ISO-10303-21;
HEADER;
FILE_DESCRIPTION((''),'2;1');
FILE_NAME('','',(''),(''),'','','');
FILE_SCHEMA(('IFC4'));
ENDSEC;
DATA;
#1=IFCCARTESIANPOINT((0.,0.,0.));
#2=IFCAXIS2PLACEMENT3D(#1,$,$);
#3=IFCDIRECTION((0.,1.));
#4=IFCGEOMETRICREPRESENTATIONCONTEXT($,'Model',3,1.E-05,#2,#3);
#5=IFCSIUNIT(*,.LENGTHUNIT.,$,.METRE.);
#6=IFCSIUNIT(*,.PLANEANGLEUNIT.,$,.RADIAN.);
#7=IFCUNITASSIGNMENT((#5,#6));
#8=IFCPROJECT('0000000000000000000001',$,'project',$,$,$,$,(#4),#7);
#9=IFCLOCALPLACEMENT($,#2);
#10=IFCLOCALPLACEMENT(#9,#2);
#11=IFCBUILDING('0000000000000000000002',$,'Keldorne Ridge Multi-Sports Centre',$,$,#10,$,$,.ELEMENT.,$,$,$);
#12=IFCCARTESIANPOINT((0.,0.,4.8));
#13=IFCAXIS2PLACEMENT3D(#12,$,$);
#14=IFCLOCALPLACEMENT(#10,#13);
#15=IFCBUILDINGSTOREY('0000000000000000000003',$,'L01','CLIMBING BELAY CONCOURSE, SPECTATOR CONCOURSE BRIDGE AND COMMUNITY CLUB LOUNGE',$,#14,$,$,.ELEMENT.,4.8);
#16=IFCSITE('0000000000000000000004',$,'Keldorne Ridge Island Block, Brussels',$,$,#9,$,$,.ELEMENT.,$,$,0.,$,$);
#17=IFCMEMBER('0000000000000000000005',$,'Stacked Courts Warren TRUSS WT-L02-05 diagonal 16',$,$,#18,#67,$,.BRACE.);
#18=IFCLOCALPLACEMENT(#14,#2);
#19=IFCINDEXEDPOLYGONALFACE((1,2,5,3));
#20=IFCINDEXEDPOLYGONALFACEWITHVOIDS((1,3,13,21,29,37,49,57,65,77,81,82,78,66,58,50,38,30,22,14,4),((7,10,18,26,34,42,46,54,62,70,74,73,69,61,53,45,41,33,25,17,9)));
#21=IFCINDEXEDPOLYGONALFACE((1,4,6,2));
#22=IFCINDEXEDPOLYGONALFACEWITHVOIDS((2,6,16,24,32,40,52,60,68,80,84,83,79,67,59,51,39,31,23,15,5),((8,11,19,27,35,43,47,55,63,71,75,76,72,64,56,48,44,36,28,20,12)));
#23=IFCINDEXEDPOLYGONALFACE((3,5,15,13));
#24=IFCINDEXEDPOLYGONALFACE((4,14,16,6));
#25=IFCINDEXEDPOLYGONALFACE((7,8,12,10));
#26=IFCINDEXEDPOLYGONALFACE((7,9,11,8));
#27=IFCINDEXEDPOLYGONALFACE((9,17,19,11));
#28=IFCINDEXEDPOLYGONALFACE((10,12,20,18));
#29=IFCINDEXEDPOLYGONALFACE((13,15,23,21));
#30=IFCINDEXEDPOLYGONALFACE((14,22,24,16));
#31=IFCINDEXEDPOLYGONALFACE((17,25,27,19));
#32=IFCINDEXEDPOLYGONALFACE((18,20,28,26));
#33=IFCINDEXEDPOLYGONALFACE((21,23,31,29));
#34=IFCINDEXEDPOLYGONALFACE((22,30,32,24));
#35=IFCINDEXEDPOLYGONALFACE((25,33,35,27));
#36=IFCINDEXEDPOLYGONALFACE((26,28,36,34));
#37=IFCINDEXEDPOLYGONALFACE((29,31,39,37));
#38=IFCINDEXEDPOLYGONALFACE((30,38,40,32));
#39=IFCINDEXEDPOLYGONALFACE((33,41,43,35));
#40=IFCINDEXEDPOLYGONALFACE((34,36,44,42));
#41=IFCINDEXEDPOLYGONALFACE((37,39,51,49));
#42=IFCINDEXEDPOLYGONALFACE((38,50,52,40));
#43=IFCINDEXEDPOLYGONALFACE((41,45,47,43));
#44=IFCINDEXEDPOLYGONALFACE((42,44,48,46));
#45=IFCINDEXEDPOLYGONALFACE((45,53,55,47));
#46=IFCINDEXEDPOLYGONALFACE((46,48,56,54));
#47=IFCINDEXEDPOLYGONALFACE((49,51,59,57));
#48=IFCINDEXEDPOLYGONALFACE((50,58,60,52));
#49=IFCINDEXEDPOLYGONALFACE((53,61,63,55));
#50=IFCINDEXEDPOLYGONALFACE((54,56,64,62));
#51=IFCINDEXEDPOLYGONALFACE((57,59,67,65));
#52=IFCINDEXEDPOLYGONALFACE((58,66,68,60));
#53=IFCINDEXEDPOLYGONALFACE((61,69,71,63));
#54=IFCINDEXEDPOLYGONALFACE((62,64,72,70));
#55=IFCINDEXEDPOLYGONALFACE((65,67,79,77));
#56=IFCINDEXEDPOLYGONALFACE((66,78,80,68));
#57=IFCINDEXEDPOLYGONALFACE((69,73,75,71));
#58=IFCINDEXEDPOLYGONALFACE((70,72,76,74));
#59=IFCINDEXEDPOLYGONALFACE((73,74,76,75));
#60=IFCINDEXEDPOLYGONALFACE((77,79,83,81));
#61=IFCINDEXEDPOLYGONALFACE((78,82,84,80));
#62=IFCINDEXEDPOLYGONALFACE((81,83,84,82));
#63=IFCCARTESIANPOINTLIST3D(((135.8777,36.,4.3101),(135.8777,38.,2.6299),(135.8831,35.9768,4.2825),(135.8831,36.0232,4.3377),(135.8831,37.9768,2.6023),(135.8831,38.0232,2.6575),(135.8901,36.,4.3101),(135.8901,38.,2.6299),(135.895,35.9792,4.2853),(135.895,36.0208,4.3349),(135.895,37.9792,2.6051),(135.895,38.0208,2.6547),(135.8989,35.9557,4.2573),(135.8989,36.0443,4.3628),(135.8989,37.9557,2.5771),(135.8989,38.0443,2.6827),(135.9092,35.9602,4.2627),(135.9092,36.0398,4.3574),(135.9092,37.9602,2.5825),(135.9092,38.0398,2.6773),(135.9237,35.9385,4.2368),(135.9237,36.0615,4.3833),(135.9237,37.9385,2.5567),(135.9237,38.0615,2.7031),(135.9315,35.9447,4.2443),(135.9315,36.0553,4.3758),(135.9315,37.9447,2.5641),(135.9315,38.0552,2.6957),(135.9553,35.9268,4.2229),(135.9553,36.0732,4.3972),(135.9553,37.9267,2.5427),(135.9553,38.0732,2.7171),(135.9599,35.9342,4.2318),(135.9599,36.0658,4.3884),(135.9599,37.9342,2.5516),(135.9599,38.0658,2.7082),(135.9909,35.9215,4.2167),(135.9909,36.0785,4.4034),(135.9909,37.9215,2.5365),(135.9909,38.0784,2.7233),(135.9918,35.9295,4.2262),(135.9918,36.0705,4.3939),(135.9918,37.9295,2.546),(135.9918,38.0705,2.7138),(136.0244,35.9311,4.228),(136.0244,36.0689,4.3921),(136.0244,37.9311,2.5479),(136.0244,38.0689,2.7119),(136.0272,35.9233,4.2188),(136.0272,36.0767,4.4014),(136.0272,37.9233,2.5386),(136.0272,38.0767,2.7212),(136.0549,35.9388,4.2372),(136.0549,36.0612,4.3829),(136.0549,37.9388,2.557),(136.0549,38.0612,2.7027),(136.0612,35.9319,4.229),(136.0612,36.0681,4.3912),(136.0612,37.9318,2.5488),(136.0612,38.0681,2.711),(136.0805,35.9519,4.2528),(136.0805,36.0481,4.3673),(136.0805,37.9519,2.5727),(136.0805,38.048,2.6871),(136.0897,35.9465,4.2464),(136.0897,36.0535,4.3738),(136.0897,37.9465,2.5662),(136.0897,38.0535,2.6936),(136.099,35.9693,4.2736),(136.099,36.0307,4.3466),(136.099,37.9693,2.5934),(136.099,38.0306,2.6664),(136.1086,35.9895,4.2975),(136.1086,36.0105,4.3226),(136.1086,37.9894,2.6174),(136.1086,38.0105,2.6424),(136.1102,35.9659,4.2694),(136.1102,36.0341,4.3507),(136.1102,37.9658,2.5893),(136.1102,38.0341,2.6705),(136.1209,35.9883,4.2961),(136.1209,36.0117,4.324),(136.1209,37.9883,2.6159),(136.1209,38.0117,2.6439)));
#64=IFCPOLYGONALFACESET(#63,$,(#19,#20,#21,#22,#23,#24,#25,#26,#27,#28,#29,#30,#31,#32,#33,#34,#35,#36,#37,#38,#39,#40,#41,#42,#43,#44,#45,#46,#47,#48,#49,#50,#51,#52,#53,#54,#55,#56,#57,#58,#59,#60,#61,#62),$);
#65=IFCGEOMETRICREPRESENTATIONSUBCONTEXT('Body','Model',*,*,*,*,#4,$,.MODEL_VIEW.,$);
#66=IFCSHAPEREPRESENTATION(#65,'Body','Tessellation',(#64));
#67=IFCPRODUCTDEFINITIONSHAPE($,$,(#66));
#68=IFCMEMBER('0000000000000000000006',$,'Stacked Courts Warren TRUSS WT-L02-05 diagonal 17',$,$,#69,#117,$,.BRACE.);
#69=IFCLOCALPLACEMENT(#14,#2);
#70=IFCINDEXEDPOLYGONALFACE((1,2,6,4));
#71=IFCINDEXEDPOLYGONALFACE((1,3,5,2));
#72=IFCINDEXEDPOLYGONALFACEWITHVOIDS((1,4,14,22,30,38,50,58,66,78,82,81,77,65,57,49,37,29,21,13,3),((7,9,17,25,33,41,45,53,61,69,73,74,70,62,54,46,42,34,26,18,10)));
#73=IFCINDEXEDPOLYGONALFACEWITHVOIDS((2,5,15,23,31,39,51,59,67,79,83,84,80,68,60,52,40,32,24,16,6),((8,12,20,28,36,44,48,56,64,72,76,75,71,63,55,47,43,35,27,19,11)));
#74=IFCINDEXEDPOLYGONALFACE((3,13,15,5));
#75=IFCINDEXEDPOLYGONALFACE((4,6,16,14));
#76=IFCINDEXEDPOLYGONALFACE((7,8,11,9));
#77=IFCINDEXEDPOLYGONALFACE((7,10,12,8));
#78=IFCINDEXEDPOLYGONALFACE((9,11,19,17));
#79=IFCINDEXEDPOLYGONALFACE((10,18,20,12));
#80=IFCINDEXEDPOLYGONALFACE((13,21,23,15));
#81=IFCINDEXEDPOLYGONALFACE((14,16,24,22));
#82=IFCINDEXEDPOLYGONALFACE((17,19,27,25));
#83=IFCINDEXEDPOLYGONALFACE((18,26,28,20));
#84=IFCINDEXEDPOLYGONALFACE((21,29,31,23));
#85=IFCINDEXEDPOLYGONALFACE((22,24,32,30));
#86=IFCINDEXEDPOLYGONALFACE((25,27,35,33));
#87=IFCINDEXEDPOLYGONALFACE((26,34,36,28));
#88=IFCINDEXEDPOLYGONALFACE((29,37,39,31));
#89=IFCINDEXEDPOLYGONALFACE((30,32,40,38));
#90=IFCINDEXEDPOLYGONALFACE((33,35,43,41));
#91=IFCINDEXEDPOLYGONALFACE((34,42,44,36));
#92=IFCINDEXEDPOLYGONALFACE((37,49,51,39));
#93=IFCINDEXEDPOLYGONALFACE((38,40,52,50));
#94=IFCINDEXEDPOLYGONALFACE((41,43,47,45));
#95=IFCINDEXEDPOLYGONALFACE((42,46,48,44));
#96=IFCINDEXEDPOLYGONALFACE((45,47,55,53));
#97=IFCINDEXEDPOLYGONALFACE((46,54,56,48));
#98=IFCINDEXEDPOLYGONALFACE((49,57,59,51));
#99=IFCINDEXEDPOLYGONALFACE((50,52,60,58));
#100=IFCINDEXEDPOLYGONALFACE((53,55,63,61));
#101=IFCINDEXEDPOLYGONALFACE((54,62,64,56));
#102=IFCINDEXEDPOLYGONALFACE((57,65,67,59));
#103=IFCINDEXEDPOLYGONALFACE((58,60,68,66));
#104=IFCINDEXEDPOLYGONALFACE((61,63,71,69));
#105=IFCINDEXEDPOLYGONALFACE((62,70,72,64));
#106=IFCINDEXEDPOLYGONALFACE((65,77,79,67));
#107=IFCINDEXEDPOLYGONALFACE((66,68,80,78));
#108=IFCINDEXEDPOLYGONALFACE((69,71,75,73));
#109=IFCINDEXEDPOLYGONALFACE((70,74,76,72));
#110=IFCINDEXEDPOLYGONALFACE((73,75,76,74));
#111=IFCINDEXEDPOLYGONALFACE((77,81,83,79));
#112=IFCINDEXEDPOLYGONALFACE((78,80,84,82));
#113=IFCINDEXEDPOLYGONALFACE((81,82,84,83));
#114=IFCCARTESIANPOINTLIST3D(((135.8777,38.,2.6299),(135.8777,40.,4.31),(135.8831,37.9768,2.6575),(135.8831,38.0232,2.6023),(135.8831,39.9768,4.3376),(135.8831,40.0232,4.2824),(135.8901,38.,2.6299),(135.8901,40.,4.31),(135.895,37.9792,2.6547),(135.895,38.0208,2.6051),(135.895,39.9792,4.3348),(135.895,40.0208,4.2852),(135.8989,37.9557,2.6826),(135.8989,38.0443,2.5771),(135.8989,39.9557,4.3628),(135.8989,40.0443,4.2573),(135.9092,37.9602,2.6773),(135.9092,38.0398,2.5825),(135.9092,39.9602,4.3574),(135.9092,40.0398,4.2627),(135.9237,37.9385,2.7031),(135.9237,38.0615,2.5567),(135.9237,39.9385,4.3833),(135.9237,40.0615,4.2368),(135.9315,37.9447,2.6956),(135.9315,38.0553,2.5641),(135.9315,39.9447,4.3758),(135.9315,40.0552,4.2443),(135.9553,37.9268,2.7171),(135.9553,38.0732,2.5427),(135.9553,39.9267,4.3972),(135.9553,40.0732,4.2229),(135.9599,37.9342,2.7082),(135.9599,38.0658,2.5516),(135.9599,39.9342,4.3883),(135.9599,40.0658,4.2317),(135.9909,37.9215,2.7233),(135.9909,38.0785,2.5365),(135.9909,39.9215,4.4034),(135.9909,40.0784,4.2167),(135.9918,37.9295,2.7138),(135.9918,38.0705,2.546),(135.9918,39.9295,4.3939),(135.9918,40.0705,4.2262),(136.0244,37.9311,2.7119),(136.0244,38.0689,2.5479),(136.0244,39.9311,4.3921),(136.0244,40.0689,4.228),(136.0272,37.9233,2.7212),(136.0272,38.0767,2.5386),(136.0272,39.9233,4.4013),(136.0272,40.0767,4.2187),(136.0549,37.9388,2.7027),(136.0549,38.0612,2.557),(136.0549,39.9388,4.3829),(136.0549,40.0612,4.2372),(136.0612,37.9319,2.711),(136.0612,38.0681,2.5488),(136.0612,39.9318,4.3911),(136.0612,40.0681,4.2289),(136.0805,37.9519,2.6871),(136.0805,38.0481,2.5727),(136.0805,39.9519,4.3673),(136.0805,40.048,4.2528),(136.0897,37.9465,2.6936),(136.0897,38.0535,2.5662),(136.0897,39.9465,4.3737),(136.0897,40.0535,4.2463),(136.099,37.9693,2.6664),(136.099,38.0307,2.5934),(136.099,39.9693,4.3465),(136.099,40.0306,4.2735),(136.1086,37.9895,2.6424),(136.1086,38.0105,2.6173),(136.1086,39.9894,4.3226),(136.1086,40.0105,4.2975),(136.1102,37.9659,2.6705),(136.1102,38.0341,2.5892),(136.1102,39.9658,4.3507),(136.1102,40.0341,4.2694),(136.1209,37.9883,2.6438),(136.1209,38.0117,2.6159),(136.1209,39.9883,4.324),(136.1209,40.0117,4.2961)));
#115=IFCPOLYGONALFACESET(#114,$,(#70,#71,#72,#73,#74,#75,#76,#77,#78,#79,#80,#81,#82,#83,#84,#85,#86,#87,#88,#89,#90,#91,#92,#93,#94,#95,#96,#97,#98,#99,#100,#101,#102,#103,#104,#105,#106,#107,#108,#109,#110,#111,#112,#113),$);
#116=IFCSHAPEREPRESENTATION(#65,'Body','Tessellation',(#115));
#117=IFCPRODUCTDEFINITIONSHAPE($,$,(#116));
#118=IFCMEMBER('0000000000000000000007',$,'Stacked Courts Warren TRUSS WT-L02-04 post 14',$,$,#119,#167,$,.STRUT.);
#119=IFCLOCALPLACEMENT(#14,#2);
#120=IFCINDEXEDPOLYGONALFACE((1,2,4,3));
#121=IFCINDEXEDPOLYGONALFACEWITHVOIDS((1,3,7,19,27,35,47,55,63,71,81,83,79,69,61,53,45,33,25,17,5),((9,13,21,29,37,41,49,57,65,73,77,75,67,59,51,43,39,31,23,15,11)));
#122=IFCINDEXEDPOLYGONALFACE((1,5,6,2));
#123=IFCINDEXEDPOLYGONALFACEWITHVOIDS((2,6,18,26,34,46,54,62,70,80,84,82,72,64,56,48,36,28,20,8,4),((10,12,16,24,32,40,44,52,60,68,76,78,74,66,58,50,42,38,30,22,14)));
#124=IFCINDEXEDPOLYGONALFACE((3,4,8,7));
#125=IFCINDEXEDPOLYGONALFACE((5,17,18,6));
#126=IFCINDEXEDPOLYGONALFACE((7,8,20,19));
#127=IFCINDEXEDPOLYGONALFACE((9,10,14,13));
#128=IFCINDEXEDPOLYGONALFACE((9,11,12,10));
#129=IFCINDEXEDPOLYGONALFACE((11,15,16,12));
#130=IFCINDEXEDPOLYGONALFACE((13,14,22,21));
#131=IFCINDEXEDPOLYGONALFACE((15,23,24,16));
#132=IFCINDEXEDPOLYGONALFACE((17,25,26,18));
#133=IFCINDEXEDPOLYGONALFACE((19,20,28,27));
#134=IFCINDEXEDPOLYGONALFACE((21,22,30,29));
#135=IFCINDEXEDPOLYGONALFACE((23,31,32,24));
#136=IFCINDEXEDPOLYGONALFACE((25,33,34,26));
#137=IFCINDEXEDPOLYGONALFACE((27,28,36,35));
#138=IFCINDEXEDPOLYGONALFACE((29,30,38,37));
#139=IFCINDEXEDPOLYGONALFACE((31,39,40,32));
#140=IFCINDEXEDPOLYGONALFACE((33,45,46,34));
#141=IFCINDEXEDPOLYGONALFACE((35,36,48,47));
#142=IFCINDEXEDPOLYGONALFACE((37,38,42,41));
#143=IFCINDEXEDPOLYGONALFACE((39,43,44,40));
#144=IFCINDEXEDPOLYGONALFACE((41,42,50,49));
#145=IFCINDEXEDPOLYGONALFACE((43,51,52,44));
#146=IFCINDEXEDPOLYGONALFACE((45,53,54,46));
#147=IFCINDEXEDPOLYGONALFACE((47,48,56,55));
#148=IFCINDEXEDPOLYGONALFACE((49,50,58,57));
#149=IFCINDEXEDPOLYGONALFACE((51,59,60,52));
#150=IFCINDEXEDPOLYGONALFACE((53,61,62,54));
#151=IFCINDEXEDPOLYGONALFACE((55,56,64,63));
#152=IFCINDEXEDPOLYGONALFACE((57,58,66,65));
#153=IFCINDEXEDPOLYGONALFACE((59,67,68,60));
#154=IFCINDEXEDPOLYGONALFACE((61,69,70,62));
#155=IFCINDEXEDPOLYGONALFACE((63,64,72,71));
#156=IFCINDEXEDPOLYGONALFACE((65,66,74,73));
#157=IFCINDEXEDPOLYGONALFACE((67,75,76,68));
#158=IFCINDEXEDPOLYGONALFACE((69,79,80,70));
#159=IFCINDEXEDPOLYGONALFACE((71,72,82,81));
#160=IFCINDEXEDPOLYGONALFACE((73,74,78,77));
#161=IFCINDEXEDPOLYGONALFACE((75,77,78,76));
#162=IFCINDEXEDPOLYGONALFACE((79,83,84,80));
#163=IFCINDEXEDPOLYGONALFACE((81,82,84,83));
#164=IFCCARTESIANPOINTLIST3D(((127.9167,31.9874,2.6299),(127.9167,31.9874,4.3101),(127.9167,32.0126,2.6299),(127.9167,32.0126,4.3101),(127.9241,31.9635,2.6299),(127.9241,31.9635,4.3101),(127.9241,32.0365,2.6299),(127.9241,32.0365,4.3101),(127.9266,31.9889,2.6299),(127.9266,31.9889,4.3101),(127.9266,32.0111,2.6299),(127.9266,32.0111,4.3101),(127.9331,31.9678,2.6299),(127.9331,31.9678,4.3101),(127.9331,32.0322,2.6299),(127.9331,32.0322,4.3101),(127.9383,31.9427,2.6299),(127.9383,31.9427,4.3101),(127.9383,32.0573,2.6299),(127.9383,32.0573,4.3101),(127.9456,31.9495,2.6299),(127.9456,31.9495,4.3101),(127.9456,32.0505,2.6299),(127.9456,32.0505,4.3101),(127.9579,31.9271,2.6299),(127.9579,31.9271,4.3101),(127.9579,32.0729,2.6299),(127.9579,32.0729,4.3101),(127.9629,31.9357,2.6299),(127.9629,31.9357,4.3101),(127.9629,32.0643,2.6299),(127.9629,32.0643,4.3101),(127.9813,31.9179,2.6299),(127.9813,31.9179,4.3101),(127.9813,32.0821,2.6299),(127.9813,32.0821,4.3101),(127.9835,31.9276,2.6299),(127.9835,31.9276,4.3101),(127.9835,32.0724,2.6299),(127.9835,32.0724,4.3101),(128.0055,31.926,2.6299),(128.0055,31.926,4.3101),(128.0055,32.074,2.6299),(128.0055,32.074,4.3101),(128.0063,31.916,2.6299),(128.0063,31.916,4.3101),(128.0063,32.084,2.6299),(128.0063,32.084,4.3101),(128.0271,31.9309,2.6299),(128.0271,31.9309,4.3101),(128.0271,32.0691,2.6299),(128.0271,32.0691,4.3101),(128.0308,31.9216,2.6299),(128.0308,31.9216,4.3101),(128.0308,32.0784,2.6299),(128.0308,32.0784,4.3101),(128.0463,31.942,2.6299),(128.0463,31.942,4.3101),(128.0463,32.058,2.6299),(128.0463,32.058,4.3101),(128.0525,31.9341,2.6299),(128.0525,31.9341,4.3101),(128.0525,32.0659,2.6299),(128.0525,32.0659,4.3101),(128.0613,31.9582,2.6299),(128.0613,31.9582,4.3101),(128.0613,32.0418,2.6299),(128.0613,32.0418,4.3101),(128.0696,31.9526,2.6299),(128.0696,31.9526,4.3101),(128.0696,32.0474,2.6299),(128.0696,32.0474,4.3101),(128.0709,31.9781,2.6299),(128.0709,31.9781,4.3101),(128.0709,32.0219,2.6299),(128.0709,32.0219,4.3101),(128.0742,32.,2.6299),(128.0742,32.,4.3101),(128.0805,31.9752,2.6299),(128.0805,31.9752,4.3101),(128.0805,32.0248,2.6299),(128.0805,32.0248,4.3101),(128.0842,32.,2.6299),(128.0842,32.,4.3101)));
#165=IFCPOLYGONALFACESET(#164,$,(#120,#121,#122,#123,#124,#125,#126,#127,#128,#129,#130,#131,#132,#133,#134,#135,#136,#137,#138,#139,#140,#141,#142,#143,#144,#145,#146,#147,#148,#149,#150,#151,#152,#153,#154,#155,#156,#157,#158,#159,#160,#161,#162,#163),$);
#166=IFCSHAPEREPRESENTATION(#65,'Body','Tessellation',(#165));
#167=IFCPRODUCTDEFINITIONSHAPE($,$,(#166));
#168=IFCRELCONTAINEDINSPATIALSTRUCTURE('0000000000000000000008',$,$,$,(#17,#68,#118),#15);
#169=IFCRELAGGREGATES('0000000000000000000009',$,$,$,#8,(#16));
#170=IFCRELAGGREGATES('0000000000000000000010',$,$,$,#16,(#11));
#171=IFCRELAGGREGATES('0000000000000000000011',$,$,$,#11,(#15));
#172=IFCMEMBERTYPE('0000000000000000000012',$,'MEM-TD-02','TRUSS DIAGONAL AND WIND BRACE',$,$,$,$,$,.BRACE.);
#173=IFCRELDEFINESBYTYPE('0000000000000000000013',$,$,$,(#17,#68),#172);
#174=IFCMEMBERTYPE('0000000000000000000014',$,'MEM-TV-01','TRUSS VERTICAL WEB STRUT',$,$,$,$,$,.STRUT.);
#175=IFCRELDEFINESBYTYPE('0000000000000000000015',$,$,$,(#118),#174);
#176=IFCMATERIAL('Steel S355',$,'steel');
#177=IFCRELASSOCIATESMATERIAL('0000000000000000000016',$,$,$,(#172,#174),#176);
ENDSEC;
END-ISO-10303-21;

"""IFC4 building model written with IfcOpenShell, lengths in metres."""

from ifc_helpers import new_model, si_unit, direction, frame, origin, origin_2d, place, context, subcontext, project, spatial, hollow_circle, extrude, material, material_profile, profile_set, type_object, element, save


model = new_model("IFC4")

# Units and contexts
model_context = context("Model", 3, precision=1e-05, world=origin(), true_north=direction((0.0, 1.0)))
body_context = subcontext(model_context, "Body", "Model", "MODEL_VIEW")
ifc_project = project(units=[si_unit("LENGTHUNIT", "METRE"), si_unit("PLANEANGLEUNIT", "RADIAN")], contexts=[model_context])

# Site, building, storey
site_placement = place(None, origin())
site = spatial("IfcSite", under=ifc_project, at=site_placement, Name="Keldorne Ridge Island Block, Brussels", CompositionType="ELEMENT", RefElevation=0.0)
building_placement = place(site_placement, origin())
building = spatial("IfcBuilding", under=site, at=building_placement, Name="Keldorne Ridge Multi-Sports Centre", CompositionType="ELEMENT")
storey_placement = place(building_placement, frame((0.0, 0.0, 4.8)))
storey = spatial("IfcBuildingStorey", under=building, at=storey_placement, Name="L01", Description="CLIMBING BELAY CONCOURSE, SPECTATOR CONCOURSE BRIDGE AND COMMUNITY CLUB LOUNGE", CompositionType="ELEMENT", Elevation=4.8)

# Members
ifc_material = material(Name="Steel S355", Category="steel")
ifc_material_profile_1 = material_profile(ifc_material, hollow_circle(Radius=0.1223, WallThickness=0.0125, at=origin_2d()), Name="CHS 244.5x12.5")
ifc_profile_set_1 = profile_set([ifc_material_profile_1], Name="Steel S355")
member_type_1 = type_object("IfcMemberType", Name="MEM-TD-02", Description="TRUSS DIAGONAL AND WIND BRACE", PredefinedType="BRACE", material=ifc_profile_set_1)
for number, where, z_axis, x_axis, name in (
    (1, (136.0, 36.0, 4.3101), (0.0, 0.765672, -0.643232), (-1.0, 0.0, 0.0), "Stacked Courts Warren TRUSS WT-L02-05 diagonal 16"),
    (2, (136.0, 38.0, 2.6299), (0.0, 0.765672, 0.643232), (-1.0, 0.0, 0.0), "Stacked Courts Warren TRUSS WT-L02-05 diagonal 17"),
):
    element("IfcMember", number, at=place(storey_placement, frame(where, z_axis=z_axis, x_axis=x_axis)), inside=storey, type_object=member_type_1, Name=name, PredefinedType="BRACE", context=body_context, shape_type="SweptSolid", body=[
        extrude(hollow_circle(Radius=0.1223, WallThickness=0.0125, at=origin_2d()), origin(), (0.0, 0.0, 1.0), 2.6121),
    ])
ifc_material_profile_2 = material_profile(ifc_material, hollow_circle(Radius=0.0842, WallThickness=0.01, at=origin_2d()), Name="CHS 168.3x10")
ifc_profile_set_2 = profile_set([ifc_material_profile_2], Name="Steel S355")
member_type_2 = type_object("IfcMemberType", Name="MEM-TV-01", Description="TRUSS VERTICAL WEB STRUT", PredefinedType="STRUT", material=ifc_profile_set_2)
for number, where, z_axis, x_axis, name in (
    (3, (128.0, 32.0, 2.6299), (0.0, 0.0, 1.0), (1.0, 0.0, 0.0), "Stacked Courts Warren TRUSS WT-L02-04 post 14"),
):
    element("IfcMember", number, at=place(storey_placement, frame(where, z_axis=z_axis, x_axis=x_axis)), inside=storey, type_object=member_type_2, Name=name, PredefinedType="STRUT", context=body_context, shape_type="SweptSolid", body=[
        extrude(hollow_circle(Radius=0.0842, WallThickness=0.01, at=origin_2d()), origin(), (0.0, 0.0, 1.0), 1.6802),
    ])

save(model, "model.ifc")
